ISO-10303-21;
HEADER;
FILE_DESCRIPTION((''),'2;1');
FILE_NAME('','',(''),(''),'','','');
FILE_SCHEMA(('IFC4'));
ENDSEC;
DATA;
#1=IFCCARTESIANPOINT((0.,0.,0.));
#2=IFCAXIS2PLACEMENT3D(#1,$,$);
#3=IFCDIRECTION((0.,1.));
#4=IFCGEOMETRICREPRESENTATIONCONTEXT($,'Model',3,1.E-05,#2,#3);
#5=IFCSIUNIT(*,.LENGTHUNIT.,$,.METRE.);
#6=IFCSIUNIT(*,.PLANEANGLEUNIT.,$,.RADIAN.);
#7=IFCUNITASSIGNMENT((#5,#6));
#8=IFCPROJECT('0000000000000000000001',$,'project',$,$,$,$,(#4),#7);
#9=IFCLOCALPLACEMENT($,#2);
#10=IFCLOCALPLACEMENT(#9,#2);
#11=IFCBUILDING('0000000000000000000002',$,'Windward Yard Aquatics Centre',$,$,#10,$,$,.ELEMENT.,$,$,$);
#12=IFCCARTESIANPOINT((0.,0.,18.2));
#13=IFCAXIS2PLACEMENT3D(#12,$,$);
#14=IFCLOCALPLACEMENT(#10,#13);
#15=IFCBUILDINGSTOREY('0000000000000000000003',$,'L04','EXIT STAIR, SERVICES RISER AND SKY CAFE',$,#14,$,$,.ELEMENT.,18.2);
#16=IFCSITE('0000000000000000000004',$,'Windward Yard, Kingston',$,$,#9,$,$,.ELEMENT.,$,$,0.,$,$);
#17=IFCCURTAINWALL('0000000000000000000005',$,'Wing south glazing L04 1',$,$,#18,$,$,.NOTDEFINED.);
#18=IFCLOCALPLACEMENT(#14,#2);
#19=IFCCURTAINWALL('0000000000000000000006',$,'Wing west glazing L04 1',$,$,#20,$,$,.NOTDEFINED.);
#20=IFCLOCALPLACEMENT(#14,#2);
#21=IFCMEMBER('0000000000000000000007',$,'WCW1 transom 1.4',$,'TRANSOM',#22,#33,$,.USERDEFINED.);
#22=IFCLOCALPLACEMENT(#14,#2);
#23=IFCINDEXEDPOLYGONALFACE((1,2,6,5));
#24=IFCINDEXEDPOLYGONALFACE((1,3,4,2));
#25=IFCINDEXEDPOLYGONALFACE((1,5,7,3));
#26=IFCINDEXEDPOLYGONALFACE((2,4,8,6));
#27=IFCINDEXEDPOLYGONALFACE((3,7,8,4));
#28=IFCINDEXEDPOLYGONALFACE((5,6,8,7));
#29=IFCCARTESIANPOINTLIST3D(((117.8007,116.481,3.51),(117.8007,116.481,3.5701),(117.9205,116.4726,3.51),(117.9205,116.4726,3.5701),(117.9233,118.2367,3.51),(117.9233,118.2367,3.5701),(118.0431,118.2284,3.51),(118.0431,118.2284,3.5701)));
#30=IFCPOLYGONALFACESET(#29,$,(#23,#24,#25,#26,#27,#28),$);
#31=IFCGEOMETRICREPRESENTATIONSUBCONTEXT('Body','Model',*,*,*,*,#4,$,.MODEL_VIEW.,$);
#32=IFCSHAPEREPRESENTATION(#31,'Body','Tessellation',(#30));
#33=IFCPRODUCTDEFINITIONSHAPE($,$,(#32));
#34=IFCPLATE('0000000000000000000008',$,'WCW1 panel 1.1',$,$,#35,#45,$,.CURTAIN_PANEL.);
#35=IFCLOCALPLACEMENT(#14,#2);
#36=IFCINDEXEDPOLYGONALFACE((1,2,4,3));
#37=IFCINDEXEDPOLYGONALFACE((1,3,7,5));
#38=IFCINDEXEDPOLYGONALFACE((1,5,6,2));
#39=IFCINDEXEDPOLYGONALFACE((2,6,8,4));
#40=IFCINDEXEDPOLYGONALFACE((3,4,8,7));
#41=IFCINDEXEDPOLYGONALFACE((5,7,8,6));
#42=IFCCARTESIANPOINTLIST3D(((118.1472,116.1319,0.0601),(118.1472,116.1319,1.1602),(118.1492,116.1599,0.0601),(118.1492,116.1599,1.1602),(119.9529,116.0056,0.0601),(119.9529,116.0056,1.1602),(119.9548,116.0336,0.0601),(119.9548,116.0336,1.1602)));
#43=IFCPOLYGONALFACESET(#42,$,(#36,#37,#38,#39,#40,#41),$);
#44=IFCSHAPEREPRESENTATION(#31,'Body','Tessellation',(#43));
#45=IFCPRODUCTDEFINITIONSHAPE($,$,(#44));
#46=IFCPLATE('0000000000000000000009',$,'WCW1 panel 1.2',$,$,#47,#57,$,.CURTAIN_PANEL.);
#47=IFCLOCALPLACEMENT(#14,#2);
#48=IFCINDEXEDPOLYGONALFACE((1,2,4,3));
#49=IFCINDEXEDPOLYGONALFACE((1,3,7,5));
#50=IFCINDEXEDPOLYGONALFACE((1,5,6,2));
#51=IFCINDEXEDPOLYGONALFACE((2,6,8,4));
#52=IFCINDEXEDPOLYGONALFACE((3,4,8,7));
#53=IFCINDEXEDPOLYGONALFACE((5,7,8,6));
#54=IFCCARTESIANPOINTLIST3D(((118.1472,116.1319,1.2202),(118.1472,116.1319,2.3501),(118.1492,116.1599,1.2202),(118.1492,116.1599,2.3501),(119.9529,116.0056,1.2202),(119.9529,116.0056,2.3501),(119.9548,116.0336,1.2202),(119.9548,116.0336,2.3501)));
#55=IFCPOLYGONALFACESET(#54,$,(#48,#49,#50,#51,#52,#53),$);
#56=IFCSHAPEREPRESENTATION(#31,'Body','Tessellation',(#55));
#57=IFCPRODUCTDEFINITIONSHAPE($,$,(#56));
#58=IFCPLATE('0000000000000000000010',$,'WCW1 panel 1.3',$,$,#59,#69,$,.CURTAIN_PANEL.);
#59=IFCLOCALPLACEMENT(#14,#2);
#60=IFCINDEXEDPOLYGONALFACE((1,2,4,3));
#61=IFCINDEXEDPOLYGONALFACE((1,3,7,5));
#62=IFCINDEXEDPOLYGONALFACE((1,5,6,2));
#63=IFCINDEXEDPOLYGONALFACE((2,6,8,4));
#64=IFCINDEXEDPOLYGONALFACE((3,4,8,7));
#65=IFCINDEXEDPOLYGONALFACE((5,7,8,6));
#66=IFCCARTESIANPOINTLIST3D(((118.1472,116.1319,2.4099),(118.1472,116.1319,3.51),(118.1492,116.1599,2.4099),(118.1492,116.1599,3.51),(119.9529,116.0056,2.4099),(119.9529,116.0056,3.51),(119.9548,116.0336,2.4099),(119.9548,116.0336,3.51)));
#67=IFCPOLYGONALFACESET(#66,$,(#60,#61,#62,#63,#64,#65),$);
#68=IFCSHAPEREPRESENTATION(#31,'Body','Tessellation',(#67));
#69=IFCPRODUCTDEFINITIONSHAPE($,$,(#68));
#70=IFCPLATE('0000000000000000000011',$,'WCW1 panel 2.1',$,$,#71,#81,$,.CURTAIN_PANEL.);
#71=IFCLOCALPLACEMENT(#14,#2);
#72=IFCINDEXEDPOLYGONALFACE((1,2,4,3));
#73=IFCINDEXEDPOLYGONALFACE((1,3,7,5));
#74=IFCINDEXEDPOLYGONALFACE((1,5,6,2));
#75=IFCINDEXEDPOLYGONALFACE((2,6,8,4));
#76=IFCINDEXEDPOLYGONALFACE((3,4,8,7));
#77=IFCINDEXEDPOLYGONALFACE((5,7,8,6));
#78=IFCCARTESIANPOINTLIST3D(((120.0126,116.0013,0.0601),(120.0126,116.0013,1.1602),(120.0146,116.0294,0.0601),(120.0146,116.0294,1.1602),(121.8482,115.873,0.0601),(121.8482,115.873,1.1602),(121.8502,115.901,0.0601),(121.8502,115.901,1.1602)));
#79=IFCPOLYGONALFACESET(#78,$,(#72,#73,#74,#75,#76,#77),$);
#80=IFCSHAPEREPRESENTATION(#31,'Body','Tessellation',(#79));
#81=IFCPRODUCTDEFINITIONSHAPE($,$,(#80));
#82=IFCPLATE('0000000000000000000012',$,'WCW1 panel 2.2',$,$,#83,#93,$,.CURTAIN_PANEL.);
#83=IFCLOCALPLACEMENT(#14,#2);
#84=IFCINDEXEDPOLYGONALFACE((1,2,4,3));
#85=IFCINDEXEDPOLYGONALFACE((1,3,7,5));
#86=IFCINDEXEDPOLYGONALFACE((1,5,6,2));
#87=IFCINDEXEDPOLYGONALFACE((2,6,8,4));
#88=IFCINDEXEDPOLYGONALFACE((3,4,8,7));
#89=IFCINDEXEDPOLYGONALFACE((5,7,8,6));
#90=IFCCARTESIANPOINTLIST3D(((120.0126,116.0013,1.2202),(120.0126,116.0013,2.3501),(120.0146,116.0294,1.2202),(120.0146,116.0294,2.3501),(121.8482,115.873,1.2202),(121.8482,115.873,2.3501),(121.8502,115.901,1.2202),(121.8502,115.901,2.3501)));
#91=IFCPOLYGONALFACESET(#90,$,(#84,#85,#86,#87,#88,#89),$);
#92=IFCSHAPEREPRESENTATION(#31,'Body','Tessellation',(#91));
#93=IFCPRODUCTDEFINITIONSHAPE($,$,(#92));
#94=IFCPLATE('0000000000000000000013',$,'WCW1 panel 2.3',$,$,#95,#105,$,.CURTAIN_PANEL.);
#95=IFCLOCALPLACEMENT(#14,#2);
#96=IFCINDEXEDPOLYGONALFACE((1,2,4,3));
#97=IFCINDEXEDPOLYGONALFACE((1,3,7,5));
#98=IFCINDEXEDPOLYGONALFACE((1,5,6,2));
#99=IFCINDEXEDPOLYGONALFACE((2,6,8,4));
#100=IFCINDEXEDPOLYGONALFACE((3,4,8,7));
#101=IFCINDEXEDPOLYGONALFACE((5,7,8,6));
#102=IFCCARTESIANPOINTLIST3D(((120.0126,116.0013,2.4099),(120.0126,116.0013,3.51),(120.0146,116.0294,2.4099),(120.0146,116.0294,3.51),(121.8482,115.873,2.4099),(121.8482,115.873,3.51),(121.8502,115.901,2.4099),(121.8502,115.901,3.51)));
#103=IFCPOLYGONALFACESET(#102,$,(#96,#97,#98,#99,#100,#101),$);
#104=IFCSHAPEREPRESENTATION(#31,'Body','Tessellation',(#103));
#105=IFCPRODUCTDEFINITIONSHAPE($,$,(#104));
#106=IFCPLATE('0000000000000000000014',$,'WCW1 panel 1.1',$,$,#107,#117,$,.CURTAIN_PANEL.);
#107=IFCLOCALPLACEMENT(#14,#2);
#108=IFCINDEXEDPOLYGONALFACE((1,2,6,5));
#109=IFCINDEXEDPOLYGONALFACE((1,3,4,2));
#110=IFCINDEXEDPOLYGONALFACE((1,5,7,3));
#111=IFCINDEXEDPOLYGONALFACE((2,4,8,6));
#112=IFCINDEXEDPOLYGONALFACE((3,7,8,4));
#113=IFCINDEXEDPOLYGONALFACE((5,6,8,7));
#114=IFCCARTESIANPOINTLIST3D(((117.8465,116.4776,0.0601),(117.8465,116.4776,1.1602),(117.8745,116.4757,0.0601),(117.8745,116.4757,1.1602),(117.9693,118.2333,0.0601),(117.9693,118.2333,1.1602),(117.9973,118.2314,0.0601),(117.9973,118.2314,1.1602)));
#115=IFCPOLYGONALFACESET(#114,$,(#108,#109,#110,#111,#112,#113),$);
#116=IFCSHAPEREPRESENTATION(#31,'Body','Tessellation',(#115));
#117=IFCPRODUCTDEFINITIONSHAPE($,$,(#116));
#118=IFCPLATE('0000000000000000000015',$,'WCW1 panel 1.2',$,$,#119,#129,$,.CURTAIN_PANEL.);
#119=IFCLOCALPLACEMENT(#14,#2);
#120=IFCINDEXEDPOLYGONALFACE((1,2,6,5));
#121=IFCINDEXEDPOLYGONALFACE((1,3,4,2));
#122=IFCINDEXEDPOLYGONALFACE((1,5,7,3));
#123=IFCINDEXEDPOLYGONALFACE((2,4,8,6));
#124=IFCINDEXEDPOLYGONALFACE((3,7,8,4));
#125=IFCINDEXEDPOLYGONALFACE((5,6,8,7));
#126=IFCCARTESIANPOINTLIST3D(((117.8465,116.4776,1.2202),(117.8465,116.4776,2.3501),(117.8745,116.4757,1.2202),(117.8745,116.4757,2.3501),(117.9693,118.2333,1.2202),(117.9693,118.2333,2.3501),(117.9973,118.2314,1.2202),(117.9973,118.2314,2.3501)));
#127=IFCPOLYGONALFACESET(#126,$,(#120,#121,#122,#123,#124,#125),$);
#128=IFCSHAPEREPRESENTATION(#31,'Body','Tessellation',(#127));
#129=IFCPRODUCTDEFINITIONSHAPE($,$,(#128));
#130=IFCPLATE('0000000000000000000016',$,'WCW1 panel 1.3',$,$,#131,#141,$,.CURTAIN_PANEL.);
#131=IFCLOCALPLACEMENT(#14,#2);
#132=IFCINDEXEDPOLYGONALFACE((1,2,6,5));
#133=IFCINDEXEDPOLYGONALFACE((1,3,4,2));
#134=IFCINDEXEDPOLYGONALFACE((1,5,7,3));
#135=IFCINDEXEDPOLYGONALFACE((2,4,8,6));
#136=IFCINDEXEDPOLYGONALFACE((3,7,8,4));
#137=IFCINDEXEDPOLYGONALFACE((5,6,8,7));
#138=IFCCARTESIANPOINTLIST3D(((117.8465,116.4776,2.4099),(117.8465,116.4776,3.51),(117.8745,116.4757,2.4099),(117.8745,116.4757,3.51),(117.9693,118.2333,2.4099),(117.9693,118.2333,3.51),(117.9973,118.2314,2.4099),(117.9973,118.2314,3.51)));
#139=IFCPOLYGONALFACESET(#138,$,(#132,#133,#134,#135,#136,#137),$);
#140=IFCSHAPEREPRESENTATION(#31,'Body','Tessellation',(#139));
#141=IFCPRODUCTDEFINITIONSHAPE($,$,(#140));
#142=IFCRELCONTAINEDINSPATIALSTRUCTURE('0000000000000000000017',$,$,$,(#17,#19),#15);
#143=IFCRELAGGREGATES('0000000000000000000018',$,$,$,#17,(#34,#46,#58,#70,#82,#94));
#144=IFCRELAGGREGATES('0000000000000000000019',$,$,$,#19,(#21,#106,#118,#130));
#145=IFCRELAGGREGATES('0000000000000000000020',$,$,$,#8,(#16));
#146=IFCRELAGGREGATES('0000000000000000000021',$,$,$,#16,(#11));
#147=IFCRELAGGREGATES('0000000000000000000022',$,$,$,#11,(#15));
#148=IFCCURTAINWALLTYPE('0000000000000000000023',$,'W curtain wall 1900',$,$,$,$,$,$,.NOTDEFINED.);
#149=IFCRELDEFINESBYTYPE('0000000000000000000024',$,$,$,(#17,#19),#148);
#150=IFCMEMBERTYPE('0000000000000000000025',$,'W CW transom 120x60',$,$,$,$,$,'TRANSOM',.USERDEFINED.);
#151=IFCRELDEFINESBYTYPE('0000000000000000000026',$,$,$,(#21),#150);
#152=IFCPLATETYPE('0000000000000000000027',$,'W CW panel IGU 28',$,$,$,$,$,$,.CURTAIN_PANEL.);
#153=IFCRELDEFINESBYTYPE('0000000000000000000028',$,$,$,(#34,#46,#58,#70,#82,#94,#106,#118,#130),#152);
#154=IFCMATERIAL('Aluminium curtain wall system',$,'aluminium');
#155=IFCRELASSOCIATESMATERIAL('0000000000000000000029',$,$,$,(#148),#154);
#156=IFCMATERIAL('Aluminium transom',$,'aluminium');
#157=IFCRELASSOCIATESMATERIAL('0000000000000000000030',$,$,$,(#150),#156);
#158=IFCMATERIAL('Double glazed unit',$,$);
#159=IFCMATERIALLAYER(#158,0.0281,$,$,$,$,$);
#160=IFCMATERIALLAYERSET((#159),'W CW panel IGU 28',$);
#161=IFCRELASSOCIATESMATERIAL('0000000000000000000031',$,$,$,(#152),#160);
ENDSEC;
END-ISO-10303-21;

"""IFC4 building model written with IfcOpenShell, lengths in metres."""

from ifc_helpers import new_model, si_unit, direction, frame, origin, origin_2d, place, context, subcontext, project, spatial, rectangle, extrude, material, layer, layer_set, material_profile, profile_set, type_object, element, aggregate, save


model = new_model("IFC4")

# Units and contexts
model_context = context("Model", 3, precision=1e-05, world=origin(), true_north=direction((0.0, 1.0)))
body_context = subcontext(model_context, "Body", "Model", "MODEL_VIEW")
ifc_project = project(units=[si_unit("LENGTHUNIT", "METRE"), si_unit("PLANEANGLEUNIT", "RADIAN")], contexts=[model_context])

# Site, building, storey
site_placement = place(None, origin())
site = spatial("IfcSite", under=ifc_project, at=site_placement, Name="Windward Yard, Kingston", CompositionType="ELEMENT", RefElevation=0.0)
building_placement = place(site_placement, origin())
building = spatial("IfcBuilding", under=site, at=building_placement, Name="Windward Yard Aquatics Centre", CompositionType="ELEMENT")
storey_placement = place(building_placement, frame((0.0, 0.0, 18.2)))
storey = spatial("IfcBuildingStorey", under=building, at=storey_placement, Name="L04", Description="EXIT STAIR, SERVICES RISER AND SKY CAFE", CompositionType="ELEMENT", Elevation=18.2)

# Curtain walls, member
ifc_material_1 = material(Name="Aluminium curtain wall system", Category="aluminium")
curtain_wall_type = type_object("IfcCurtainWallType", Name="W curtain wall 1900", PredefinedType="NOTDEFINED", material=ifc_material_1)
curtain_wall_1_placement = place(storey_placement, origin())
curtain_wall_1 = element("IfcCurtainWall", 1, at=curtain_wall_1_placement, inside=storey, type_object=curtain_wall_type, Name="Wing south glazing L04 1", PredefinedType="NOTDEFINED")
ifc_material_2 = material(Name="Aluminium transom", Category="aluminium")
ifc_material_profile_1 = material_profile(ifc_material_2, rectangle(XDim=0.1201, YDim=0.0601, at=origin_2d()), Name="AL 120x60")
ifc_profile_set_1 = profile_set([ifc_material_profile_1], Name="Aluminium transom")
member_type_1 = type_object("IfcMemberType", Name="W CW transom 120x60", ElementType="TRANSOM", PredefinedType="USERDEFINED", material=ifc_profile_set_1)
curtain_wall_2_placement = place(storey_placement, origin())
curtain_wall_2 = element("IfcCurtainWall", 2, at=curtain_wall_2_placement, inside=storey, type_object=curtain_wall_type, Name="Wing west glazing L04 1", PredefinedType="NOTDEFINED")
member_1_placement = place(storey_placement, frame((117.8606, 116.4768, 3.54), z_axis=(0.06964, 0.997572, 0.0), x_axis=(-0.997572, 0.06964, 0.0)))
member_1 = element("IfcMember", 3, at=member_1_placement, type_object=member_type_1, Name="WCW1 transom 1.4", ObjectType="TRANSOM", PredefinedType="USERDEFINED", context=body_context, shape_type="SweptSolid", body=[
    extrude(rectangle(XDim=0.1201, YDim=0.0601, at=origin_2d()), origin(), (0.0, 0.0, 1.0), 1.76),
])

# Plates
ifc_material_3 = material(Name="Double glazed unit")
ifc_layer = layer(ifc_material_3, 0.0281)
ifc_layer_set = layer_set([ifc_layer], Name="W CW panel IGU 28")
plate_type = type_object("IfcPlateType", Name="W CW panel IGU 28", PredefinedType="CURTAIN_PANEL", material=ifc_layer_set)
plate_1_placement = place(storey_placement, frame((119.051, 116.0828, 0.0601), z_axis=(0.0, 0.0, 1.0), x_axis=(0.997564, -0.069758, 0.0)))
plate_1 = element("IfcPlate", 4, at=plate_1_placement, type_object=plate_type, Name="WCW1 panel 1.1", PredefinedType="CURTAIN_PANEL", context=body_context, shape_type="SweptSolid", body=[
    extrude(rectangle(XDim=1.8101, YDim=0.0281, at=origin_2d()), origin(), (0.0, 0.0, 1.0), 1.1001),
])
plate_2_placement = place(storey_placement, frame((119.051, 116.0828, 1.2202), z_axis=(0.0, 0.0, 1.0), x_axis=(0.997564, -0.069758, 0.0)))
plate_2 = element("IfcPlate", 5, at=plate_2_placement, type_object=plate_type, Name="WCW1 panel 1.2", PredefinedType="CURTAIN_PANEL", context=body_context, shape_type="SweptSolid", body=[
    extrude(rectangle(XDim=1.8101, YDim=0.0281, at=origin_2d()), origin(), (0.0, 0.0, 1.0), 1.1299),
])
plate_3_placement = place(storey_placement, frame((119.051, 116.0828, 2.4099), z_axis=(0.0, 0.0, 1.0), x_axis=(0.997564, -0.069758, 0.0)))
plate_3 = element("IfcPlate", 6, at=plate_3_placement, type_object=plate_type, Name="WCW1 panel 1.3", PredefinedType="CURTAIN_PANEL", context=body_context, shape_type="SweptSolid", body=[
    extrude(rectangle(XDim=1.8101, YDim=0.0281, at=origin_2d()), origin(), (0.0, 0.0, 1.0), 1.1001),
])
plate_4_placement = place(storey_placement, frame((120.9314, 115.9512, 0.0601), z_axis=(0.0, 0.0, 1.0), x_axis=(0.997564, -0.069758, 0.0)))
plate_4 = element("IfcPlate", 7, at=plate_4_placement, type_object=plate_type, Name="WCW1 panel 2.1", PredefinedType="CURTAIN_PANEL", context=body_context, shape_type="SweptSolid", body=[
    extrude(rectangle(XDim=1.8401, YDim=0.0281, at=origin_2d()), origin(), (0.0, 0.0, 1.0), 1.1001),
])
plate_5_placement = place(storey_placement, frame((120.9314, 115.9512, 1.2202), z_axis=(0.0, 0.0, 1.0), x_axis=(0.997564, -0.069758, 0.0)))
plate_5 = element("IfcPlate", 8, at=plate_5_placement, type_object=plate_type, Name="WCW1 panel 2.2", PredefinedType="CURTAIN_PANEL", context=body_context, shape_type="SweptSolid", body=[
    extrude(rectangle(XDim=1.8401, YDim=0.0281, at=origin_2d()), origin(), (0.0, 0.0, 1.0), 1.1299),
])
plate_6_placement = place(storey_placement, frame((120.9314, 115.9512, 2.4099), z_axis=(0.0, 0.0, 1.0), x_axis=(0.997564, -0.069758, 0.0)))
plate_6 = element("IfcPlate", 9, at=plate_6_placement, type_object=plate_type, Name="WCW1 panel 2.3", PredefinedType="CURTAIN_PANEL", context=body_context, shape_type="SweptSolid", body=[
    extrude(rectangle(XDim=1.8401, YDim=0.0281, at=origin_2d()), origin(), (0.0, 0.0, 1.0), 1.1001),
])
aggregate(curtain_wall_1, [plate_1, plate_2, plate_3, plate_4, plate_5, plate_6])
plate_7_placement = place(storey_placement, frame((117.9219, 117.3545, 0.0601), z_axis=(0.0, 0.0, 1.0), x_axis=(0.069757, 0.997564, 0.0)))
plate_7 = element("IfcPlate", 10, at=plate_7_placement, type_object=plate_type, Name="WCW1 panel 1.1", PredefinedType="CURTAIN_PANEL", context=body_context, shape_type="SweptSolid", body=[
    extrude(rectangle(XDim=1.76, YDim=0.0281, at=origin_2d()), origin(), (0.0, 0.0, 1.0), 1.1001),
])
plate_8_placement = place(storey_placement, frame((117.9219, 117.3545, 1.2202), z_axis=(0.0, 0.0, 1.0), x_axis=(0.069757, 0.997564, 0.0)))
plate_8 = element("IfcPlate", 11, at=plate_8_placement, type_object=plate_type, Name="WCW1 panel 1.2", PredefinedType="CURTAIN_PANEL", context=body_context, shape_type="SweptSolid", body=[
    extrude(rectangle(XDim=1.76, YDim=0.0281, at=origin_2d()), origin(), (0.0, 0.0, 1.0), 1.1299),
])
plate_9_placement = place(storey_placement, frame((117.9219, 117.3545, 2.4099), z_axis=(0.0, 0.0, 1.0), x_axis=(0.069757, 0.997564, 0.0)))
plate_9 = element("IfcPlate", 12, at=plate_9_placement, type_object=plate_type, Name="WCW1 panel 1.3", PredefinedType="CURTAIN_PANEL", context=body_context, shape_type="SweptSolid", body=[
    extrude(rectangle(XDim=1.76, YDim=0.0281, at=origin_2d()), origin(), (0.0, 0.0, 1.0), 1.1001),
])
aggregate(curtain_wall_2, [member_1, plate_7, plate_8, plate_9])

save(model, "model.ifc")
